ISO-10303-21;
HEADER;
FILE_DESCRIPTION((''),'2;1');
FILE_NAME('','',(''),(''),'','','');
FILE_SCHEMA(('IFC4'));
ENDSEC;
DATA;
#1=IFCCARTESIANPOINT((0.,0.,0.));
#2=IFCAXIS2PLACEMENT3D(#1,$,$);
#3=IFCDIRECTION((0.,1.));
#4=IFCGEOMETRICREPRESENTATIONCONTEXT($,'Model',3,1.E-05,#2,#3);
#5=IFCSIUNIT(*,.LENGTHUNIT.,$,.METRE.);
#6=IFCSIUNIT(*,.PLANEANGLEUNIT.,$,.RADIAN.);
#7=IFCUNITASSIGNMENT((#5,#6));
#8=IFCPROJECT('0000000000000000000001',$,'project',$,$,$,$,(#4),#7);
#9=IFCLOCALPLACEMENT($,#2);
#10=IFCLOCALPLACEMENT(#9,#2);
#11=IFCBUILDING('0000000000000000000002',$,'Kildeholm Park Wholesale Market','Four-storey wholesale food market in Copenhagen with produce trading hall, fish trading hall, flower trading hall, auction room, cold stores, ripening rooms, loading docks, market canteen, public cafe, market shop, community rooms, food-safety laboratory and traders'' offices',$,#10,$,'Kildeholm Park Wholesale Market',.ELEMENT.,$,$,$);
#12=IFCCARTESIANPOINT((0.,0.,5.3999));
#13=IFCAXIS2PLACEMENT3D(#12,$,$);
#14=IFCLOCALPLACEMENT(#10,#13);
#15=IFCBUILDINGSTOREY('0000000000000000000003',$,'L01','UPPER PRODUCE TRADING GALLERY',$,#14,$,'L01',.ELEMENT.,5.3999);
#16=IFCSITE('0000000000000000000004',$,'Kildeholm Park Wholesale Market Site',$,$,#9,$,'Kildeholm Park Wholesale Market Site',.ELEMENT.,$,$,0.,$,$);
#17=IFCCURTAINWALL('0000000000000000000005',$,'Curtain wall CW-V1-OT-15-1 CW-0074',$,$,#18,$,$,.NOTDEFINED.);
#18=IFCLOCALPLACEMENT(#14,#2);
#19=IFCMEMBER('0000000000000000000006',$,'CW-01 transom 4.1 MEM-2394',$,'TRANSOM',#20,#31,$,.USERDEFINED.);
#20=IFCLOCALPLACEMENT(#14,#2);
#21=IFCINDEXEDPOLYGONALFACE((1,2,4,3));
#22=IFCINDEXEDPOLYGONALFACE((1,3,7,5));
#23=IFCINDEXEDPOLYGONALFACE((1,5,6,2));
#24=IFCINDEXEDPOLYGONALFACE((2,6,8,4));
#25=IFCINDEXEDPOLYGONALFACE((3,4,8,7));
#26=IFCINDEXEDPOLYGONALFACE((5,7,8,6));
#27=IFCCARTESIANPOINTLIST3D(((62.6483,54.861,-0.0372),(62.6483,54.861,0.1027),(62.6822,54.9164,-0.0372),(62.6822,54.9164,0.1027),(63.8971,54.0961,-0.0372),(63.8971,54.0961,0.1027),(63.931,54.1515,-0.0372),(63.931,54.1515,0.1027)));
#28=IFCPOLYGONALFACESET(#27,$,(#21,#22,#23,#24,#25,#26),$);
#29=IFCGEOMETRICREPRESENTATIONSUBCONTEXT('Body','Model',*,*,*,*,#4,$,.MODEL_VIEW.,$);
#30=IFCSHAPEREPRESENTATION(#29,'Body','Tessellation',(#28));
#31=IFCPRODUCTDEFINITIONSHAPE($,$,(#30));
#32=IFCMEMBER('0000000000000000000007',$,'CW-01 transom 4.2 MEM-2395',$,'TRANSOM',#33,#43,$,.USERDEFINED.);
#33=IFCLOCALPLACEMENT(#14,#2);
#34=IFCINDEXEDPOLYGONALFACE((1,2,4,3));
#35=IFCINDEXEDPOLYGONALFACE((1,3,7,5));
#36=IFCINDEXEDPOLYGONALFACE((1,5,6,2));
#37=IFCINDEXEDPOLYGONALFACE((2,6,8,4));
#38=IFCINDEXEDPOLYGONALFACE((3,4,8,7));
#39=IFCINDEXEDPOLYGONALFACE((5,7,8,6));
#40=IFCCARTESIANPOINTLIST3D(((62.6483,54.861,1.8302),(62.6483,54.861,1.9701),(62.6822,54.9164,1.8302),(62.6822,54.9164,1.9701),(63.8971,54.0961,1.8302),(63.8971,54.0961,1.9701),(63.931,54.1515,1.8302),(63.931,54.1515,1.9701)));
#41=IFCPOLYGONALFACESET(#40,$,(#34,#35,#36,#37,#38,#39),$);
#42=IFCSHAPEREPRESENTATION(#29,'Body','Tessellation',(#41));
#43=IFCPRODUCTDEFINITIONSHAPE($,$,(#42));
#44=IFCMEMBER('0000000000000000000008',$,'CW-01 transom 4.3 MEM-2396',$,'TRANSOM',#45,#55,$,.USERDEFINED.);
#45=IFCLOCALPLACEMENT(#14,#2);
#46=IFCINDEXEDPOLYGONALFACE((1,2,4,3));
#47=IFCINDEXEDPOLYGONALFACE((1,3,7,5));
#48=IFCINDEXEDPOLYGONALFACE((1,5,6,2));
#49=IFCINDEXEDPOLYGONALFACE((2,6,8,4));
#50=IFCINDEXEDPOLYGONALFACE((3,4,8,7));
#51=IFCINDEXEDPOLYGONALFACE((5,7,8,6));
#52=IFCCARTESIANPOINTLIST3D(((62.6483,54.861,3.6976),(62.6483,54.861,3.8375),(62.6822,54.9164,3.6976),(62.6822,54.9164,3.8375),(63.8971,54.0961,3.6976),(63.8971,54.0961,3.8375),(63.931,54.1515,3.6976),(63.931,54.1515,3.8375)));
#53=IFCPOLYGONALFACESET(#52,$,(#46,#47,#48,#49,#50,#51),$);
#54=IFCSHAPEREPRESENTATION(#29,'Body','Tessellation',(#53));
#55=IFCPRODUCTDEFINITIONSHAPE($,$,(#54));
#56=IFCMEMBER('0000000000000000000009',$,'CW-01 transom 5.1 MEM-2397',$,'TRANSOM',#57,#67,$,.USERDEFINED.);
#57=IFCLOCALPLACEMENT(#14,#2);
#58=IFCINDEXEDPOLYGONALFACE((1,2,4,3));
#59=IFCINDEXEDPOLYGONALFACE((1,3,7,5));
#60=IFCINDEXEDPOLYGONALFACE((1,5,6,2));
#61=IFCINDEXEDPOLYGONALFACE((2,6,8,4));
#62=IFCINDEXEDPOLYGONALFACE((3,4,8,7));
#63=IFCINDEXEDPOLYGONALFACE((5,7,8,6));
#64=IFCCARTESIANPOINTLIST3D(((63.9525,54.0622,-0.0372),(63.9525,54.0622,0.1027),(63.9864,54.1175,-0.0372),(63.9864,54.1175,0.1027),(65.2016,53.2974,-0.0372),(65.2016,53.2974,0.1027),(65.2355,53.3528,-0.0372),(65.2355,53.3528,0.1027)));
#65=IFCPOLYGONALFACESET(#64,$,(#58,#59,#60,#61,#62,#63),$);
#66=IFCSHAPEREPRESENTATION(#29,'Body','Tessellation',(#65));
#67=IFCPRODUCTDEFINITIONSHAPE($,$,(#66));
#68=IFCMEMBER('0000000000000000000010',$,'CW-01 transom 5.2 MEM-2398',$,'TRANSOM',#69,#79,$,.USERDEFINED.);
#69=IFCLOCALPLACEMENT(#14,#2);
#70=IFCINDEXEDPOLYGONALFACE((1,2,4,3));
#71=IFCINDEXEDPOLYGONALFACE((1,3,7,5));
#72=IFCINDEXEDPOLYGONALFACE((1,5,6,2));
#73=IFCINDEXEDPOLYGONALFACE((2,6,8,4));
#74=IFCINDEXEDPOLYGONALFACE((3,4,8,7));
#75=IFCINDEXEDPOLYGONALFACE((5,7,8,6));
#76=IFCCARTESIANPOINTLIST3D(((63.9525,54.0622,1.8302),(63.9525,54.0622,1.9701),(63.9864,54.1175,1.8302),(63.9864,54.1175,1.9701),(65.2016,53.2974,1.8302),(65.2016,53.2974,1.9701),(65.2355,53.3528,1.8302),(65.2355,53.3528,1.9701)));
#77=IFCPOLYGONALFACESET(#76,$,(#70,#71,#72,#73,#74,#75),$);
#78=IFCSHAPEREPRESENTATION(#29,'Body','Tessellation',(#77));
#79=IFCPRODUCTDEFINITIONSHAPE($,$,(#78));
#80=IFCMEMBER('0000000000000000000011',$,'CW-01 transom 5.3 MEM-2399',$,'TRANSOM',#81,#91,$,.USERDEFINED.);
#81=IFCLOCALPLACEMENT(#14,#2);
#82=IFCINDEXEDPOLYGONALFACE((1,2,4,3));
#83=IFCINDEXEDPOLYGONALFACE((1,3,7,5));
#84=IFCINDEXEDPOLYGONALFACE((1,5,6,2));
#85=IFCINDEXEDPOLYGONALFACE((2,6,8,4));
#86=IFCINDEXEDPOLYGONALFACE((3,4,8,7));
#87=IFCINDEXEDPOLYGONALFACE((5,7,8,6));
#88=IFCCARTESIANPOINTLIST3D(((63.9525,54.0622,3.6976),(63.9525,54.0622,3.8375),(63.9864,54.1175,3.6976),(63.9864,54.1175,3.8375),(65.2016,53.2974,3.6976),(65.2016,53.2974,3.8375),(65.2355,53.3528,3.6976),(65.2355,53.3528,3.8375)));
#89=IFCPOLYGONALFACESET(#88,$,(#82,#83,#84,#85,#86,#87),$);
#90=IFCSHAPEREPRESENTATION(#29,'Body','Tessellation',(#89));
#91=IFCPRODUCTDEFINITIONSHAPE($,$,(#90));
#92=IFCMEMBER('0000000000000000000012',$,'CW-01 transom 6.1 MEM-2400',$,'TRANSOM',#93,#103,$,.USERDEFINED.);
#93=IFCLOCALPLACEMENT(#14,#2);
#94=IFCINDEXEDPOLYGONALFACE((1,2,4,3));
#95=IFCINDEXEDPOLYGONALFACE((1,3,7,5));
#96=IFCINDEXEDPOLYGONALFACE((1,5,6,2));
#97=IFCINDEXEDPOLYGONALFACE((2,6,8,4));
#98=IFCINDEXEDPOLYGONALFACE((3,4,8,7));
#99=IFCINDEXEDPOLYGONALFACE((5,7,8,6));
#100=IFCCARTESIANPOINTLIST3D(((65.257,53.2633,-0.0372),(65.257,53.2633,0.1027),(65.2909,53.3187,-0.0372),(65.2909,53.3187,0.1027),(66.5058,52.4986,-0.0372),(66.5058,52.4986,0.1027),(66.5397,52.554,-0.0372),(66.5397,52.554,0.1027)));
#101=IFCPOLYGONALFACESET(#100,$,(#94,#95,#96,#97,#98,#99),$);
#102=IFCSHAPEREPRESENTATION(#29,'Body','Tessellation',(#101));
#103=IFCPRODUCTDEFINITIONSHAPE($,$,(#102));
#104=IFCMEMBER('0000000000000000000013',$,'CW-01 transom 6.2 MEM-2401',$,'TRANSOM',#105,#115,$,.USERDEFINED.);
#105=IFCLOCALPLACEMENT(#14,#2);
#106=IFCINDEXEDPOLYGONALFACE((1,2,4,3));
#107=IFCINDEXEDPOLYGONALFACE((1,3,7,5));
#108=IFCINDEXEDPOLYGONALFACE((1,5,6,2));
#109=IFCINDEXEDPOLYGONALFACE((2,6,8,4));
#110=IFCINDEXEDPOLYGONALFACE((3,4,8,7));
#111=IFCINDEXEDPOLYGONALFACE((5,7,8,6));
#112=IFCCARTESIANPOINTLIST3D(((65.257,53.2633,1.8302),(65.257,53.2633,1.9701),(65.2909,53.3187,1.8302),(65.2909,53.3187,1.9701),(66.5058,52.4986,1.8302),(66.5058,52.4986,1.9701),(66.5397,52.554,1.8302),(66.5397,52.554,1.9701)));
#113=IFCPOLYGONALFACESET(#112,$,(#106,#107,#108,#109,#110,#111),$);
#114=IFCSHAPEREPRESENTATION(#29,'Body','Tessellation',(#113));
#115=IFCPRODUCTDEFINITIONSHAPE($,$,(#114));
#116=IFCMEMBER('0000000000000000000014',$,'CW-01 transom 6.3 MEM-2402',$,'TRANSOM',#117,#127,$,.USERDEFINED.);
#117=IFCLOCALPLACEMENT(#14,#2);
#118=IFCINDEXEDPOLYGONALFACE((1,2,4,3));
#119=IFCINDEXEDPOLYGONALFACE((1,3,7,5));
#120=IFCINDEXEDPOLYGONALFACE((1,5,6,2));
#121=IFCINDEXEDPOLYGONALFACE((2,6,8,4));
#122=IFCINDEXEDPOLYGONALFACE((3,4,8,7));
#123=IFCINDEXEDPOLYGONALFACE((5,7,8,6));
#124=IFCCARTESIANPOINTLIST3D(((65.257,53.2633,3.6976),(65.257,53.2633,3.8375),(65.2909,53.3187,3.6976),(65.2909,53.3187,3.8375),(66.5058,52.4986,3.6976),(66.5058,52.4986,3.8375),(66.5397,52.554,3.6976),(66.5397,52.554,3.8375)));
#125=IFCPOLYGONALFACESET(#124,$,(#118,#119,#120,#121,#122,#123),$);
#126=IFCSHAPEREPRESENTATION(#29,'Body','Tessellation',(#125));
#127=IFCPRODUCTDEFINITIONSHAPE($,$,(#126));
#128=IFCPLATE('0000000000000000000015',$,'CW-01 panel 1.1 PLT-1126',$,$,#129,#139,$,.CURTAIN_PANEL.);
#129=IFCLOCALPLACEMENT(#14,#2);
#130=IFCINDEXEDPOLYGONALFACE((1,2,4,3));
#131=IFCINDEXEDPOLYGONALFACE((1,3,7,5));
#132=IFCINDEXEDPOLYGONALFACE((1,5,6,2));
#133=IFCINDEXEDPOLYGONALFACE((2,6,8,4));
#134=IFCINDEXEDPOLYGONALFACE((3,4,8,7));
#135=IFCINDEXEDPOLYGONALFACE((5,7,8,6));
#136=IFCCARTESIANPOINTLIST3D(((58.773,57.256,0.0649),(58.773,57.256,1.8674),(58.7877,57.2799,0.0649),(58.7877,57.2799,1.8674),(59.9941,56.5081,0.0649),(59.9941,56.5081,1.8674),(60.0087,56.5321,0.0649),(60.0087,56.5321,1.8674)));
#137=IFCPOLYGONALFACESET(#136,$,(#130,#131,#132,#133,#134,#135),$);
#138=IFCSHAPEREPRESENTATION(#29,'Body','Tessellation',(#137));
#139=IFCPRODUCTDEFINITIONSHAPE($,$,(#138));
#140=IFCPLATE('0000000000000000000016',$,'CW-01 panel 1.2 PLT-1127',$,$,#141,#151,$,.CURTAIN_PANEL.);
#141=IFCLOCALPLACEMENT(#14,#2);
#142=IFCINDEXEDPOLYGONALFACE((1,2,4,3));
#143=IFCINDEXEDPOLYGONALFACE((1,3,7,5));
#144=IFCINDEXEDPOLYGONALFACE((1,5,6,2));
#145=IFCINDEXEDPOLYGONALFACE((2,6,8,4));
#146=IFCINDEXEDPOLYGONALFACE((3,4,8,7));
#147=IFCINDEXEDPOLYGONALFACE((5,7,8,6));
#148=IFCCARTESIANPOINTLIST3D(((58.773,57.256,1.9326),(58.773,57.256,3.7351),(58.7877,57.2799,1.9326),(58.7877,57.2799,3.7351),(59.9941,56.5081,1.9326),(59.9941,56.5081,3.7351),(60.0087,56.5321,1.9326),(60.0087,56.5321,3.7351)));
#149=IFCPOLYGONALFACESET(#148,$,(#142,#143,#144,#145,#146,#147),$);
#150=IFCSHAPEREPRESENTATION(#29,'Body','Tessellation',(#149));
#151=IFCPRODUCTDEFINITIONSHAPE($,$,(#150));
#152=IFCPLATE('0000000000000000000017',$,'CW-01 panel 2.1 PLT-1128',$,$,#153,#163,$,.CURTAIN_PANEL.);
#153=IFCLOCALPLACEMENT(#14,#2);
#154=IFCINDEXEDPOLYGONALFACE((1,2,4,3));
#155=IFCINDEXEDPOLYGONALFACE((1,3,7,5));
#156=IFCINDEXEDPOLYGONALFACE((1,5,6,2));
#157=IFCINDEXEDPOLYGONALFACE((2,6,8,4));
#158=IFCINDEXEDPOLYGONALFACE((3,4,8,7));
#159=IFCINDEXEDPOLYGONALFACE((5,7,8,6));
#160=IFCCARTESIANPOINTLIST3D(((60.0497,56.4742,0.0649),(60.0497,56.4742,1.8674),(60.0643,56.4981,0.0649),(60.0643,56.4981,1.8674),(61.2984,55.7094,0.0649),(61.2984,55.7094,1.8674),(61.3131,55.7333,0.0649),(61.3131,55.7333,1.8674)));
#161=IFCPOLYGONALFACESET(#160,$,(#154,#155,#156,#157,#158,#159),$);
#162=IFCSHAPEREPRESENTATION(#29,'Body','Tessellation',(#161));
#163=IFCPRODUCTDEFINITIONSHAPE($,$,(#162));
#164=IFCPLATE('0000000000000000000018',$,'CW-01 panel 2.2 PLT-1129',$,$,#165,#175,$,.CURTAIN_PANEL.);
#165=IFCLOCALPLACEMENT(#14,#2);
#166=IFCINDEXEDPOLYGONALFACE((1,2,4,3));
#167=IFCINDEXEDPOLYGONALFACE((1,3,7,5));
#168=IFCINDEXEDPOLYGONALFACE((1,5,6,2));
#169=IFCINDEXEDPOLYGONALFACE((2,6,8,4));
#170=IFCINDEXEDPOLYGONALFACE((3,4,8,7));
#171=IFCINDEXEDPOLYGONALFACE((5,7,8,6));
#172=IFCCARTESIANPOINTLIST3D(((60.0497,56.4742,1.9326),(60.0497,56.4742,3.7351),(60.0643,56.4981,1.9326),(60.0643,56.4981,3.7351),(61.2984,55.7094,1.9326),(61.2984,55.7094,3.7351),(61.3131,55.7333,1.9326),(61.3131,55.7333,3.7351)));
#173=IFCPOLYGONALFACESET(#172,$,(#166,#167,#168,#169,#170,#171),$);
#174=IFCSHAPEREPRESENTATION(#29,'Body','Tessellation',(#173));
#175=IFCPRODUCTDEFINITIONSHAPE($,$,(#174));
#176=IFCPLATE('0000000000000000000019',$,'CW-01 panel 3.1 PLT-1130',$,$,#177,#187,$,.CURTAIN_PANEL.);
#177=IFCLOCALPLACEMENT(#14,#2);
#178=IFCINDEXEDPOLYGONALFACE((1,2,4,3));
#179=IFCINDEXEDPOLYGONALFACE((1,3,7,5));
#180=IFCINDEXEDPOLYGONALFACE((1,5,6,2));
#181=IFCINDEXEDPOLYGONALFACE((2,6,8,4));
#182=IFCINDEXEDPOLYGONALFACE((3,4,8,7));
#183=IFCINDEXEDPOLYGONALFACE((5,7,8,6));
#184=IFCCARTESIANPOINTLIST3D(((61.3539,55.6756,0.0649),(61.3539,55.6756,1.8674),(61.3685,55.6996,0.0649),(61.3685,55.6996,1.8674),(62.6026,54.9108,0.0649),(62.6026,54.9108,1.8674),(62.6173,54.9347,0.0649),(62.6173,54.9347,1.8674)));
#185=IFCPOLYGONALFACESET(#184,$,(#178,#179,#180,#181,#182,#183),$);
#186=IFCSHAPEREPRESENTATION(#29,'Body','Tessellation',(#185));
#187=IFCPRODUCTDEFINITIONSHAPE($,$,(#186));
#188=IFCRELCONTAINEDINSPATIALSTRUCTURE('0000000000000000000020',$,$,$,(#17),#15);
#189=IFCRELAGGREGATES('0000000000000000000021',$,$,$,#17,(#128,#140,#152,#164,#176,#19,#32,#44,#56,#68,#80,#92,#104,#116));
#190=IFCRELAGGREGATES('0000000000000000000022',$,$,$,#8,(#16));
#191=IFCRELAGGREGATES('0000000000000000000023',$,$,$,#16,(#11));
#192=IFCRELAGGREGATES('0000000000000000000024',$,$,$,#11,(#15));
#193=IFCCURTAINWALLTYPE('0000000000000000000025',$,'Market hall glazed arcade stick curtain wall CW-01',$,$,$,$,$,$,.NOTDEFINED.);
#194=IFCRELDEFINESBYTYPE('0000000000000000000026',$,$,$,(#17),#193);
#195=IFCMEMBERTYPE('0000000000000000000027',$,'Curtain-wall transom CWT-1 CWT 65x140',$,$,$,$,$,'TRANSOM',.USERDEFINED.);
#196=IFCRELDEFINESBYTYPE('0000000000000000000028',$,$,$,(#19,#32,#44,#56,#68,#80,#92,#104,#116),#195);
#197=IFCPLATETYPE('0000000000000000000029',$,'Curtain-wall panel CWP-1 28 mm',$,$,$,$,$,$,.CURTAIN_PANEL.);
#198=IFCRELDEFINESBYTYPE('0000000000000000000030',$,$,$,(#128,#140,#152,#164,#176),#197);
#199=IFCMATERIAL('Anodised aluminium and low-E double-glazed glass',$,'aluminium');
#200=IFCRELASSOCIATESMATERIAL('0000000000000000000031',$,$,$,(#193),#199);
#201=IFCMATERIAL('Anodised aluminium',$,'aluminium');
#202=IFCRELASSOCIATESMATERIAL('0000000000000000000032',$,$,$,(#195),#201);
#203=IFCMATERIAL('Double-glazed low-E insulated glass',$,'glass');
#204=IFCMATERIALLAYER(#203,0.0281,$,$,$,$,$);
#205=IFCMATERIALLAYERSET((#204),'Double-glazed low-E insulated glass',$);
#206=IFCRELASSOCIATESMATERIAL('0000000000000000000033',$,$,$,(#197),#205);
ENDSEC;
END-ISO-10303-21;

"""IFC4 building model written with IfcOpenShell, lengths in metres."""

from ifc_helpers import new_model, si_unit, direction, frame, origin, origin_2d, place, context, subcontext, project, spatial, rectangle, extrude, material, layer, layer_set, material_profile, profile_set, type_object, element, aggregate, save


model = new_model("IFC4")

# Units and contexts
model_context = context("Model", 3, precision=1e-05, world=origin(), true_north=direction((0.0, 1.0)))
body_context = subcontext(model_context, "Body", "Model", "MODEL_VIEW")
ifc_project = project(units=[si_unit("LENGTHUNIT", "METRE"), si_unit("PLANEANGLEUNIT", "RADIAN")], contexts=[model_context])

# Site, building, storey
site_placement = place(None, origin())
site = spatial("IfcSite", under=ifc_project, at=site_placement, Name="Kildeholm Park Wholesale Market Site", LongName="Kildeholm Park Wholesale Market Site", CompositionType="ELEMENT", RefElevation=0.0)
building_placement = place(site_placement, origin())
building = spatial("IfcBuilding", under=site, at=building_placement, Name="Kildeholm Park Wholesale Market", Description="Four-storey wholesale food market in Copenhagen with produce trading hall, fish trading hall, flower trading hall, auction room, cold stores, ripening rooms, loading docks, market canteen, public cafe, market shop, community rooms, food-safety laboratory and traders' offices", LongName="Kildeholm Park Wholesale Market", CompositionType="ELEMENT")
storey_placement = place(building_placement, frame((0.0, 0.0, 5.3999)))
storey = spatial("IfcBuildingStorey", under=building, at=storey_placement, Name="L01", Description="UPPER PRODUCE TRADING GALLERY", LongName="L01", CompositionType="ELEMENT", Elevation=5.3999)

# Curtain wall, members, plates
ifc_material_1 = material(Name="Anodised aluminium and low-E double-glazed glass", Category="aluminium")
curtain_wall_type = type_object("IfcCurtainWallType", Name="Market hall glazed arcade stick curtain wall CW-01", PredefinedType="NOTDEFINED", material=ifc_material_1)
curtain_wall_placement = place(storey_placement, origin())
curtain_wall = element("IfcCurtainWall", 1, at=curtain_wall_placement, inside=storey, type_object=curtain_wall_type, Name="Curtain wall CW-V1-OT-15-1 CW-0074", PredefinedType="NOTDEFINED")
ifc_material_2 = material(Name="Anodised aluminium", Category="aluminium")
ifc_material_profile_1 = material_profile(ifc_material_2, rectangle(XDim=0.0649, YDim=0.1399, at=origin_2d()), Name="CWT 65x140")
ifc_profile_set_1 = profile_set([ifc_material_profile_1], Name="Anodised aluminium")
member_type_1 = type_object("IfcMemberType", Name="Curtain-wall transom CWT-1 CWT 65x140", ElementType="TRANSOM", PredefinedType="USERDEFINED", material=ifc_profile_set_1)
member_1_placement = place(storey_placement, frame((62.6653, 54.8887, 0.0327), z_axis=(0.85275, -0.52232, 0.0), x_axis=(0.52232, 0.85275, 0.0)))
member_1 = element("IfcMember", 2, at=member_1_placement, type_object=member_type_1, Name="CW-01 transom 4.1 MEM-2394", ObjectType="TRANSOM", PredefinedType="USERDEFINED", context=body_context, shape_type="SweptSolid", body=[
    extrude(rectangle(XDim=0.0649, YDim=0.1399, at=origin_2d()), origin(), (0.0, 0.0, 1.0), 1.4644),
])
member_2_placement = place(storey_placement, frame((62.6653, 54.8887, 1.9001), z_axis=(0.85275, -0.52232, 0.0), x_axis=(0.52232, 0.85275, 0.0)))
member_2 = element("IfcMember", 3, at=member_2_placement, type_object=member_type_1, Name="CW-01 transom 4.2 MEM-2395", ObjectType="TRANSOM", PredefinedType="USERDEFINED", context=body_context, shape_type="SweptSolid", body=[
    extrude(rectangle(XDim=0.0649, YDim=0.1399, at=origin_2d()), origin(), (0.0, 0.0, 1.0), 1.4644),
])
member_3_placement = place(storey_placement, frame((62.6653, 54.8887, 3.7676), z_axis=(0.85275, -0.52232, 0.0), x_axis=(0.52232, 0.85275, 0.0)))
member_3 = element("IfcMember", 4, at=member_3_placement, type_object=member_type_1, Name="CW-01 transom 4.3 MEM-2396", ObjectType="TRANSOM", PredefinedType="USERDEFINED", context=body_context, shape_type="SweptSolid", body=[
    extrude(rectangle(XDim=0.0649, YDim=0.1399, at=origin_2d()), origin(), (0.0, 0.0, 1.0), 1.4644),
])
member_4_placement = place(storey_placement, frame((63.9695, 54.0898, 0.0327), z_axis=(0.852869, -0.522124, 0.0), x_axis=(0.522124, 0.852869, 0.0)))
member_4 = element("IfcMember", 5, at=member_4_placement, type_object=member_type_1, Name="CW-01 transom 5.1 MEM-2397", ObjectType="TRANSOM", PredefinedType="USERDEFINED", context=body_context, shape_type="SweptSolid", body=[
    extrude(rectangle(XDim=0.0649, YDim=0.1399, at=origin_2d()), origin(), (0.0, 0.0, 1.0), 1.4646),
])
member_5_placement = place(storey_placement, frame((63.9695, 54.0898, 1.9001), z_axis=(0.852869, -0.522124, 0.0), x_axis=(0.522124, 0.852869, 0.0)))
member_5 = element("IfcMember", 6, at=member_5_placement, type_object=member_type_1, Name="CW-01 transom 5.2 MEM-2398", ObjectType="TRANSOM", PredefinedType="USERDEFINED", context=body_context, shape_type="SweptSolid", body=[
    extrude(rectangle(XDim=0.0649, YDim=0.1399, at=origin_2d()), origin(), (0.0, 0.0, 1.0), 1.4646),
])
member_6_placement = place(storey_placement, frame((63.9695, 54.0898, 3.7676), z_axis=(0.852869, -0.522124, 0.0), x_axis=(0.522124, 0.852869, 0.0)))
member_6 = element("IfcMember", 7, at=member_6_placement, type_object=member_type_1, Name="CW-01 transom 5.3 MEM-2399", ObjectType="TRANSOM", PredefinedType="USERDEFINED", context=body_context, shape_type="SweptSolid", body=[
    extrude(rectangle(XDim=0.0649, YDim=0.1399, at=origin_2d()), origin(), (0.0, 0.0, 1.0), 1.4646),
])
member_7_placement = place(storey_placement, frame((65.2739, 53.291, 0.0327), z_axis=(0.852824, -0.522198, 0.0), x_axis=(0.522198, 0.852824, 0.0)))
member_7 = element("IfcMember", 8, at=member_7_placement, type_object=member_type_1, Name="CW-01 transom 6.1 MEM-2400", ObjectType="TRANSOM", PredefinedType="USERDEFINED", context=body_context, shape_type="SweptSolid", body=[
    extrude(rectangle(XDim=0.0649, YDim=0.1399, at=origin_2d()), origin(), (0.0, 0.0, 1.0), 1.4644),
])
member_8_placement = place(storey_placement, frame((65.2739, 53.291, 1.9001), z_axis=(0.852824, -0.522198, 0.0), x_axis=(0.522198, 0.852824, 0.0)))
member_8 = element("IfcMember", 9, at=member_8_placement, type_object=member_type_1, Name="CW-01 transom 6.2 MEM-2401", ObjectType="TRANSOM", PredefinedType="USERDEFINED", context=body_context, shape_type="SweptSolid", body=[
    extrude(rectangle(XDim=0.0649, YDim=0.1399, at=origin_2d()), origin(), (0.0, 0.0, 1.0), 1.4644),
])
member_9_placement = place(storey_placement, frame((65.2739, 53.291, 3.7676), z_axis=(0.852824, -0.522198, 0.0), x_axis=(0.522198, 0.852824, 0.0)))
member_9 = element("IfcMember", 10, at=member_9_placement, type_object=member_type_1, Name="CW-01 transom 6.3 MEM-2402", ObjectType="TRANSOM", PredefinedType="USERDEFINED", context=body_context, shape_type="SweptSolid", body=[
    extrude(rectangle(XDim=0.0649, YDim=0.1399, at=origin_2d()), origin(), (0.0, 0.0, 1.0), 1.4644),
])
ifc_material_3 = material(Name="Double-glazed low-E insulated glass", Category="glass")
ifc_layer = layer(ifc_material_3, 0.0281)
ifc_layer_set = layer_set([ifc_layer], Name="Double-glazed low-E insulated glass")
plate_type = type_object("IfcPlateType", Name="Curtain-wall panel CWP-1 28 mm", PredefinedType="CURTAIN_PANEL", material=ifc_layer_set)
plate_1_placement = place(storey_placement, frame((59.3909, 56.894, 0.0649), z_axis=(0.0, 0.0, 1.0), x_axis=(0.852771, -0.522284, 0.0)))
plate_1 = element("IfcPlate", 11, at=plate_1_placement, type_object=plate_type, Name="CW-01 panel 1.1 PLT-1126", PredefinedType="CURTAIN_PANEL", context=body_context, shape_type="SweptSolid", body=[
    extrude(rectangle(XDim=1.4319, YDim=0.0281, at=origin_2d()), origin(), (0.0, 0.0, 1.0), 1.8025),
])
plate_2_placement = place(storey_placement, frame((59.3909, 56.894, 1.9326), z_axis=(0.0, 0.0, 1.0), x_axis=(0.852771, -0.522284, 0.0)))
plate_2 = element("IfcPlate", 12, at=plate_2_placement, type_object=plate_type, Name="CW-01 panel 1.2 PLT-1127", PredefinedType="CURTAIN_PANEL", context=body_context, shape_type="SweptSolid", body=[
    extrude(rectangle(XDim=1.4319, YDim=0.0281, at=origin_2d()), origin(), (0.0, 0.0, 1.0), 1.8025),
])
plate_3_placement = place(storey_placement, frame((60.6814, 56.1038, 0.0649), z_axis=(0.0, 0.0, 1.0), x_axis=(0.852771, -0.522284, 0.0)))
plate_3 = element("IfcPlate", 13, at=plate_3_placement, type_object=plate_type, Name="CW-01 panel 2.1 PLT-1128", PredefinedType="CURTAIN_PANEL", context=body_context, shape_type="SweptSolid", body=[
    extrude(rectangle(XDim=1.4644, YDim=0.0281, at=origin_2d()), origin(), (0.0, 0.0, 1.0), 1.8025),
])
plate_4_placement = place(storey_placement, frame((60.6814, 56.1038, 1.9326), z_axis=(0.0, 0.0, 1.0), x_axis=(0.852771, -0.522284, 0.0)))
plate_4 = element("IfcPlate", 14, at=plate_4_placement, type_object=plate_type, Name="CW-01 panel 2.2 PLT-1129", PredefinedType="CURTAIN_PANEL", context=body_context, shape_type="SweptSolid", body=[
    extrude(rectangle(XDim=1.4644, YDim=0.0281, at=origin_2d()), origin(), (0.0, 0.0, 1.0), 1.8025),
])
plate_5_placement = place(storey_placement, frame((61.9856, 55.3052, 0.0649), z_axis=(0.0, 0.0, 1.0), x_axis=(0.852771, -0.522284, 0.0)))
plate_5 = element("IfcPlate", 15, at=plate_5_placement, type_object=plate_type, Name="CW-01 panel 3.1 PLT-1130", PredefinedType="CURTAIN_PANEL", context=body_context, shape_type="SweptSolid", body=[
    extrude(rectangle(XDim=1.4644, YDim=0.0281, at=origin_2d()), origin(), (0.0, 0.0, 1.0), 1.8025),
])
aggregate(curtain_wall, [plate_1, plate_2, plate_3, plate_4, plate_5, member_1, member_2, member_3, member_4, member_5, member_6, member_7, member_8, member_9])

save(model, "model.ifc")
